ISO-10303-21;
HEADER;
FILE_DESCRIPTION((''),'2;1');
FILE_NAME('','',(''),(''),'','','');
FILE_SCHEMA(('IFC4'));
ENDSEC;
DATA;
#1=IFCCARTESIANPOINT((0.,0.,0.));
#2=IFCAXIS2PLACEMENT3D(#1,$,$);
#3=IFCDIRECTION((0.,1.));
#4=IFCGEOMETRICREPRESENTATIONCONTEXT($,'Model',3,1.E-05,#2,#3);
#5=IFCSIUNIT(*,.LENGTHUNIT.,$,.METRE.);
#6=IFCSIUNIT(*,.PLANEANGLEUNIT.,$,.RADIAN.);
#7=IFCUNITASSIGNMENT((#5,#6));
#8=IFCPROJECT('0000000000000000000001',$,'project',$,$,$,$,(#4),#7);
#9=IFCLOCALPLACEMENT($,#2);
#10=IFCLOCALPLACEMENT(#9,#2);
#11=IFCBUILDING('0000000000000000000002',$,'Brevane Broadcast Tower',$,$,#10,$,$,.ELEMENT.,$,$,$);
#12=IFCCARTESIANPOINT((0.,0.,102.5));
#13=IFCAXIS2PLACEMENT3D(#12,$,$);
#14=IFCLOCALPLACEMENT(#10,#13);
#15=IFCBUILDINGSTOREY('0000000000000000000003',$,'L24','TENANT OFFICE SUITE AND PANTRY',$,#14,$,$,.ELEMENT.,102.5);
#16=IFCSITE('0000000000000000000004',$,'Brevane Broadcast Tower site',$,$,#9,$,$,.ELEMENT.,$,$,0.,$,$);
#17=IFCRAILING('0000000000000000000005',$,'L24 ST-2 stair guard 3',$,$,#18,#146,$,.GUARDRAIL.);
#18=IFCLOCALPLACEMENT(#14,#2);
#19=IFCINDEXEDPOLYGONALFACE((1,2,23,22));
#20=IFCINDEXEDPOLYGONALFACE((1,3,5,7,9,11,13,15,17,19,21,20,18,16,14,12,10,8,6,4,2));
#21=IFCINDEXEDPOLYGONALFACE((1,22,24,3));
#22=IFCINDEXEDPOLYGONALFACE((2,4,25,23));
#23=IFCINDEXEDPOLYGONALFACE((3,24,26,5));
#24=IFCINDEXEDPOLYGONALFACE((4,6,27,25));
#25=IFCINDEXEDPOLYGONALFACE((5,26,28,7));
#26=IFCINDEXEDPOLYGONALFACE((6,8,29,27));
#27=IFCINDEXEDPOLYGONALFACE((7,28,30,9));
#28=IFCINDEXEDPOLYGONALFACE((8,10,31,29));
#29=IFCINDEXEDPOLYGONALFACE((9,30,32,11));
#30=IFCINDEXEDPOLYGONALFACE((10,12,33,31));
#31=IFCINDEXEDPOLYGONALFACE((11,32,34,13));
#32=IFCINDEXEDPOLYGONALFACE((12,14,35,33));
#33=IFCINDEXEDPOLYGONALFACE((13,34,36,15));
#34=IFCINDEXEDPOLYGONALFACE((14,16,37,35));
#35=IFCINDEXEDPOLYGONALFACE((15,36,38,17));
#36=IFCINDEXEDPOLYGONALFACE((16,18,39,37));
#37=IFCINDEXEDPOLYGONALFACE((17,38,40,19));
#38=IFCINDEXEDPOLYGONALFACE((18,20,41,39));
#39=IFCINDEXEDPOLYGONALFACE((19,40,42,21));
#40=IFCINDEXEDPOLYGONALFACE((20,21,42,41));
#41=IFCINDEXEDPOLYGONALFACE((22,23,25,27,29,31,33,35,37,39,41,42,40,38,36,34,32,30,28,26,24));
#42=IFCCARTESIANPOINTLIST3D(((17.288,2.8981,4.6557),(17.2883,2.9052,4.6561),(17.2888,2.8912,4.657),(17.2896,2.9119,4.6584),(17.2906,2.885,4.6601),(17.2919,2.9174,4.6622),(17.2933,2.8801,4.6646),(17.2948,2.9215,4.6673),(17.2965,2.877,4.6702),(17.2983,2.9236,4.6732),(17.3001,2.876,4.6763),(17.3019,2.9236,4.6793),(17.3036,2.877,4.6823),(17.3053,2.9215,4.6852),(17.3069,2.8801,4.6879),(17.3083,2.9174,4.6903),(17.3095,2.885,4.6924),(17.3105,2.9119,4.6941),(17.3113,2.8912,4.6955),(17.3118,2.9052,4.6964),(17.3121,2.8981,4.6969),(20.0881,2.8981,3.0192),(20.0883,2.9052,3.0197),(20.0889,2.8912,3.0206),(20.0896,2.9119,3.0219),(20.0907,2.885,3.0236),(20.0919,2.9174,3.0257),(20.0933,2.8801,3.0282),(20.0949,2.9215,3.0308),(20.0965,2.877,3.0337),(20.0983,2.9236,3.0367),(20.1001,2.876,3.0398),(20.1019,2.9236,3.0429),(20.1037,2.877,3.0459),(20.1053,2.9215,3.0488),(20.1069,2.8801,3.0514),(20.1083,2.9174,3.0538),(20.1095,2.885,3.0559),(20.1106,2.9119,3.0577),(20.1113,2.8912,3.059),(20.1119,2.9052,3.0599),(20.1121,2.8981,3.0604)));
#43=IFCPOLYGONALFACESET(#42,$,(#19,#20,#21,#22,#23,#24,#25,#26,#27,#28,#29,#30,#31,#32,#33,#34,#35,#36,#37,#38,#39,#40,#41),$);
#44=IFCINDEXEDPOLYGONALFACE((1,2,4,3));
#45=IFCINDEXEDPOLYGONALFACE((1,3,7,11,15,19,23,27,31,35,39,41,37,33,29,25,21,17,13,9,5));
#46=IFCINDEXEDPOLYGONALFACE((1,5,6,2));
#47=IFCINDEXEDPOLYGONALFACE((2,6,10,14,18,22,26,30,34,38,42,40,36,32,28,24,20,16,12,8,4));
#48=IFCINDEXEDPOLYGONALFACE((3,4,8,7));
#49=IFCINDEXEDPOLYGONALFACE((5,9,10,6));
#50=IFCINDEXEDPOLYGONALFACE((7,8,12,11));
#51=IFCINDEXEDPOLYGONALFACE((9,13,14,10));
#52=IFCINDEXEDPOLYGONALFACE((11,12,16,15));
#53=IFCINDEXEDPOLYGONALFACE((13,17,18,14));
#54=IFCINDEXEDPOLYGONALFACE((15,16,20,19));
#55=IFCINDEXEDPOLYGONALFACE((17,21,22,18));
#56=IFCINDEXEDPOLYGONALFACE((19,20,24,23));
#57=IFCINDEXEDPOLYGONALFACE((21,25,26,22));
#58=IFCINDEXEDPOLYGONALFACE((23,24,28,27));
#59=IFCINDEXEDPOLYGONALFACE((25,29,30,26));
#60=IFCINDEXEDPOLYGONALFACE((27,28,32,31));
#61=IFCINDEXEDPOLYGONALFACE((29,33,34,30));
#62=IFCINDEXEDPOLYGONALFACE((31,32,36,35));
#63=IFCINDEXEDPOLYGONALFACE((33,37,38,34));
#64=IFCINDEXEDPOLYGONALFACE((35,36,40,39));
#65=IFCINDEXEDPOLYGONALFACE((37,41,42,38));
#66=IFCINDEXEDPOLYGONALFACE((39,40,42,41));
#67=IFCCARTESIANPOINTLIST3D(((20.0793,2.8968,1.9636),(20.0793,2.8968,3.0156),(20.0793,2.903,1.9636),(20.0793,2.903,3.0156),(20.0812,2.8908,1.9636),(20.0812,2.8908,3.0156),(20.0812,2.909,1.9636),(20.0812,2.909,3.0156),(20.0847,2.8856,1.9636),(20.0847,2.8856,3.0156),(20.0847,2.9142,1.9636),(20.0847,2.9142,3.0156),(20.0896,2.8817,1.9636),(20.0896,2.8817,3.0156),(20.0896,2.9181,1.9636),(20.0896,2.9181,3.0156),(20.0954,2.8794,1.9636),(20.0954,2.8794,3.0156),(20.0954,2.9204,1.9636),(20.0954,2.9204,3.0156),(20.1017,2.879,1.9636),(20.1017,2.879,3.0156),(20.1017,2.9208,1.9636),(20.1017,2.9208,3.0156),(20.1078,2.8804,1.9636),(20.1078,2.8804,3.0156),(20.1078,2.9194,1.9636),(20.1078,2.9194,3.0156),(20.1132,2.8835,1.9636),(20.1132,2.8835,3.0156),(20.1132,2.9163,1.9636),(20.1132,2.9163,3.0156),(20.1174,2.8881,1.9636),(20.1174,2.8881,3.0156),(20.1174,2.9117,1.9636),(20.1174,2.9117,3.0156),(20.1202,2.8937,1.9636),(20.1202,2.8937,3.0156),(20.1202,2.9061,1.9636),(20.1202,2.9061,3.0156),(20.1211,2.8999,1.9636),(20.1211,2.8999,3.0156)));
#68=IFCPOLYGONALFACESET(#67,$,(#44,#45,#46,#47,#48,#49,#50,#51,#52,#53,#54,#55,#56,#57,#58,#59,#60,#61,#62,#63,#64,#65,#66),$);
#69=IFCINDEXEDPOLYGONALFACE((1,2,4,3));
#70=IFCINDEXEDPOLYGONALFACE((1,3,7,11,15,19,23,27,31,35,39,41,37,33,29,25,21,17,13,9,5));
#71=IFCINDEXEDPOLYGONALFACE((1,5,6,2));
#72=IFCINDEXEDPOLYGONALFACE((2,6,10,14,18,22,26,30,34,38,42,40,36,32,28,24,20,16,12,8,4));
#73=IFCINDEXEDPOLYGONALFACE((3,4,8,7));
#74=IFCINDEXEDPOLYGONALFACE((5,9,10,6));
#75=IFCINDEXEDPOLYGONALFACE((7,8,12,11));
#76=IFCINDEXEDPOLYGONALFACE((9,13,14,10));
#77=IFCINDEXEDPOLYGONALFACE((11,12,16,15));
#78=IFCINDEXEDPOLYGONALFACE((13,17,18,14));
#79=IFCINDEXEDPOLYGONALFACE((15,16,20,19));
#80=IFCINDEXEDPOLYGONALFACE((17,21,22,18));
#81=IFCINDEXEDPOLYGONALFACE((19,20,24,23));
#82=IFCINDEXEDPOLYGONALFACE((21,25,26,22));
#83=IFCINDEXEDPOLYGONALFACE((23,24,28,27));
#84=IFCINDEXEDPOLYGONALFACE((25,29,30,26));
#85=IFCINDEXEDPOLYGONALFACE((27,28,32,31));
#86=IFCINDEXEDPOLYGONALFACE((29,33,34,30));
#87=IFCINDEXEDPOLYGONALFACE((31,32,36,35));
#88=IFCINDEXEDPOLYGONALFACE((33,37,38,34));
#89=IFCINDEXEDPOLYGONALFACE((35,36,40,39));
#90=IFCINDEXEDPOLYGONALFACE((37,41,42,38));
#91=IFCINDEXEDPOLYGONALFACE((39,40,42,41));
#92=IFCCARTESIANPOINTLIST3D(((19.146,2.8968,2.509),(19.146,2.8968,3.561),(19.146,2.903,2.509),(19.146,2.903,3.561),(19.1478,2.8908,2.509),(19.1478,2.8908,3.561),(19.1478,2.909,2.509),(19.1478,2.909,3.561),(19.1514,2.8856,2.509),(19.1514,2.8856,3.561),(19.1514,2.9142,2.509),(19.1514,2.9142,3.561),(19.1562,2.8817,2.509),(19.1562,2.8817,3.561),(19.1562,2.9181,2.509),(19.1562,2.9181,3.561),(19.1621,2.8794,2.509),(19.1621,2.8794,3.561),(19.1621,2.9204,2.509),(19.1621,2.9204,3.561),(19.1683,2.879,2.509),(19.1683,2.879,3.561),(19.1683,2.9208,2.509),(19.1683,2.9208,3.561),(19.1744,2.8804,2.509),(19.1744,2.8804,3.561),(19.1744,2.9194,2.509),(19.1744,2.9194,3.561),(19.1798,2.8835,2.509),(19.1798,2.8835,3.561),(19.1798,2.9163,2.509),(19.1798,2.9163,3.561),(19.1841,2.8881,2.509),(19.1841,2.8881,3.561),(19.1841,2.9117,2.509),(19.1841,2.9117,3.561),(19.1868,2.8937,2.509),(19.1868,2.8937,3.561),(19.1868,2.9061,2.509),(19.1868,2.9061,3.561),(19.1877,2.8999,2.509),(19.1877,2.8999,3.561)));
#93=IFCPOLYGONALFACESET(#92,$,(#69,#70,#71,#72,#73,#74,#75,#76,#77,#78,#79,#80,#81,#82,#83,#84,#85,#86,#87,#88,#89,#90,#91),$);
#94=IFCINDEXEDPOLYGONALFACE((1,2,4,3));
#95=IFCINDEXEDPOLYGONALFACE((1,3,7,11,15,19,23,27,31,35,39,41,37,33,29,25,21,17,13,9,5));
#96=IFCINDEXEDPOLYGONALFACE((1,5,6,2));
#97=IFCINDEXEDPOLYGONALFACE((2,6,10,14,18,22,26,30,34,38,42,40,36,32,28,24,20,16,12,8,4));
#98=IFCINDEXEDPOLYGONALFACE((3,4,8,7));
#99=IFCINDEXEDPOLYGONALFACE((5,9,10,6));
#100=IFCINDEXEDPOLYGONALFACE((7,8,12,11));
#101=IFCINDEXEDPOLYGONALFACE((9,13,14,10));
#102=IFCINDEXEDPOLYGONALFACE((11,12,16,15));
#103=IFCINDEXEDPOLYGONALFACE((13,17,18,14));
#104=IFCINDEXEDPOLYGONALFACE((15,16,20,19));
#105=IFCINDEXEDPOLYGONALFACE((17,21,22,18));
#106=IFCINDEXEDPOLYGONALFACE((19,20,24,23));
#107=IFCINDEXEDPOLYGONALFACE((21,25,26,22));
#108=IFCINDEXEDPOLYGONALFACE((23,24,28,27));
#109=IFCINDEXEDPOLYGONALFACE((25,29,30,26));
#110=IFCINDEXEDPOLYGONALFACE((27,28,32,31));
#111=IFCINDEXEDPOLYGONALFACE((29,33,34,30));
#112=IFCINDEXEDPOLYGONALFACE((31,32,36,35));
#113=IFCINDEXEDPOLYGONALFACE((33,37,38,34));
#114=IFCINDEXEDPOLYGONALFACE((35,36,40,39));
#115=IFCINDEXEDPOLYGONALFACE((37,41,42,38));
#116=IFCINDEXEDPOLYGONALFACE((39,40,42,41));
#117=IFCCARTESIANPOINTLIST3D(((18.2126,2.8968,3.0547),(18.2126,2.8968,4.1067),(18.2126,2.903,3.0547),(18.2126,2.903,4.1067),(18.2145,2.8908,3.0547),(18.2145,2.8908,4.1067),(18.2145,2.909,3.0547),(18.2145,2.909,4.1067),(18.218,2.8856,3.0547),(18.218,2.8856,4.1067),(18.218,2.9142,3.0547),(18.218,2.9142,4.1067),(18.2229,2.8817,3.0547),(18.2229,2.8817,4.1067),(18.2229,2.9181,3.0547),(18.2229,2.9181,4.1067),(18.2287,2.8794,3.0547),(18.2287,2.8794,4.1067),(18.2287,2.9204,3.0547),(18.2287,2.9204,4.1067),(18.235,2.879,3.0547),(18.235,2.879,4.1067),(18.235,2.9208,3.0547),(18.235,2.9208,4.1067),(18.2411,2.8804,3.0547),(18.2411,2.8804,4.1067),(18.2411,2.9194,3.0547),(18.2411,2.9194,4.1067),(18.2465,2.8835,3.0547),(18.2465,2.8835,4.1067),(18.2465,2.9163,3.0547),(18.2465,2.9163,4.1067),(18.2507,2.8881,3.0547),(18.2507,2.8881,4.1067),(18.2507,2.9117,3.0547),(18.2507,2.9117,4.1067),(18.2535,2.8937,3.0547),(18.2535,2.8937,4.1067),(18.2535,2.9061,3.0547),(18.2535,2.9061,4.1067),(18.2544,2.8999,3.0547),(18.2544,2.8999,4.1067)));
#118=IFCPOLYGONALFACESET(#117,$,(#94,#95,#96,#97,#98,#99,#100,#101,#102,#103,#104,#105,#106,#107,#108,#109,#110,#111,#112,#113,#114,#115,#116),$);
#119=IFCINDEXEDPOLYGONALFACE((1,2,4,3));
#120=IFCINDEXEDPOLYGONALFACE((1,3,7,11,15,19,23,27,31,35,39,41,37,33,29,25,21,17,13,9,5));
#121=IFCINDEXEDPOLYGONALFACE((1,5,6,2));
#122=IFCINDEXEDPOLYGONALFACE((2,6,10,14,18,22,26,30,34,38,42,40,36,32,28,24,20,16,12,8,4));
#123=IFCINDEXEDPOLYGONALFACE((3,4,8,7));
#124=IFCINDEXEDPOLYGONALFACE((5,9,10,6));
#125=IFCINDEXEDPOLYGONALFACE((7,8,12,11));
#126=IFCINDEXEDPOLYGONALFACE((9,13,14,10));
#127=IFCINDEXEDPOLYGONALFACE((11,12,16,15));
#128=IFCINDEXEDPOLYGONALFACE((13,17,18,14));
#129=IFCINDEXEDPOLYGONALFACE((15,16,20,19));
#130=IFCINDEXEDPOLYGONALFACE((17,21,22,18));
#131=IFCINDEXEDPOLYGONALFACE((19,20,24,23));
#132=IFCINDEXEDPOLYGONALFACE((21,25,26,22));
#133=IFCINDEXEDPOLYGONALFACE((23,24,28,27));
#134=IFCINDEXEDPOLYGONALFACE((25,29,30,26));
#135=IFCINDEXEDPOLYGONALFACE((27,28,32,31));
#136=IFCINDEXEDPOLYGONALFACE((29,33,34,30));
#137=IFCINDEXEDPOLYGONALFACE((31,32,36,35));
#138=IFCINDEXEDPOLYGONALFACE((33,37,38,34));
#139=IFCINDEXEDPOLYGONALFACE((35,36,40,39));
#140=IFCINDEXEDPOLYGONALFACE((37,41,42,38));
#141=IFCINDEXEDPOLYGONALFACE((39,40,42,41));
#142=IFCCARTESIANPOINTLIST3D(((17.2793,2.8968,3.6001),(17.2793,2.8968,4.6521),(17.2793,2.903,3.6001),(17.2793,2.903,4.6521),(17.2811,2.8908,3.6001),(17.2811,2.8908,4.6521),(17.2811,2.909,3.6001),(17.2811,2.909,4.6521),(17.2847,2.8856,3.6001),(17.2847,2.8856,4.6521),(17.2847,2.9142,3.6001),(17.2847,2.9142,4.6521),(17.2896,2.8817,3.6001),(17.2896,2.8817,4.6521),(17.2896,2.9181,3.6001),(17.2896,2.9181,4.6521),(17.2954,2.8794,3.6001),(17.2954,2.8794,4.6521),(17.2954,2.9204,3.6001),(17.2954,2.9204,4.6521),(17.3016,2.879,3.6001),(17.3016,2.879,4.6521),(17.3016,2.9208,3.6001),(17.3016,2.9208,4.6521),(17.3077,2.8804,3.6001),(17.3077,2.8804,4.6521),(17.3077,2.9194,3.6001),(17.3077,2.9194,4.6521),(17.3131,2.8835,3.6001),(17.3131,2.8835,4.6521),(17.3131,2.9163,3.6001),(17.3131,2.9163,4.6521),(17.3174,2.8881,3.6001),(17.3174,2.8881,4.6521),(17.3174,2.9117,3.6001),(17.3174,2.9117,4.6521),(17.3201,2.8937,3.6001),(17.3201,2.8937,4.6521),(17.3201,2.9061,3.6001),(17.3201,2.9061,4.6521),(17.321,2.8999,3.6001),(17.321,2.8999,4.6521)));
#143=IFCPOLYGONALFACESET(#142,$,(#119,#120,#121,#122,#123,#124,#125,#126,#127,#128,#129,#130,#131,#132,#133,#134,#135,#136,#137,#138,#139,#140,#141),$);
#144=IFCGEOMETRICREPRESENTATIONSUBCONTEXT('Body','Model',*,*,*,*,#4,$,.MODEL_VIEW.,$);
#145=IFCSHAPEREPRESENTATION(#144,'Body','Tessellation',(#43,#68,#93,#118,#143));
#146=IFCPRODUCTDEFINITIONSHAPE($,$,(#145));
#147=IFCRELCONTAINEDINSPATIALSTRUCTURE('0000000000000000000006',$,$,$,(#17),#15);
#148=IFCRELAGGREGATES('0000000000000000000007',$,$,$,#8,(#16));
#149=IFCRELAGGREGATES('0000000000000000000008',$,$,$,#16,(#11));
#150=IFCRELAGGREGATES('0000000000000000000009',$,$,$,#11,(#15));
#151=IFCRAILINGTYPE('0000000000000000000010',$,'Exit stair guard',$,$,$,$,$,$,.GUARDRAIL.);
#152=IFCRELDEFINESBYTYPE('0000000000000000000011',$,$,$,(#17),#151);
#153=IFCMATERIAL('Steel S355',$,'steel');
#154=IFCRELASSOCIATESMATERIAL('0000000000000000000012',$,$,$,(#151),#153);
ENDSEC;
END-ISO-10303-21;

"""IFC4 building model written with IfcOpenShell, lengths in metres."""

from ifc_helpers import new_model, si_unit, direction, frame, origin, origin_2d, place, context, subcontext, project, spatial, circle, extrude, material, type_object, element, save


model = new_model("IFC4")

# Units and contexts
model_context = context("Model", 3, precision=1e-05, world=origin(), true_north=direction((0.0, 1.0)))
body_context = subcontext(model_context, "Body", "Model", "MODEL_VIEW")
ifc_project = project(units=[si_unit("LENGTHUNIT", "METRE"), si_unit("PLANEANGLEUNIT", "RADIAN")], contexts=[model_context])

# Site, building, storey
site_placement = place(None, origin())
site = spatial("IfcSite", under=ifc_project, at=site_placement, Name="Brevane Broadcast Tower site", CompositionType="ELEMENT", RefElevation=0.0)
building_placement = place(site_placement, origin())
building = spatial("IfcBuilding", under=site, at=building_placement, Name="Brevane Broadcast Tower", CompositionType="ELEMENT")
storey_placement = place(building_placement, frame((0.0, 0.0, 102.5)))
storey = spatial("IfcBuildingStorey", under=building, at=storey_placement, Name="L24", Description="TENANT OFFICE SUITE AND PANTRY", CompositionType="ELEMENT", Elevation=102.5)

# Railing
ifc_material_1 = material(Name="Steel S355", Category="steel")
railing_type_1 = type_object("IfcRailingType", Name="Exit stair guard", PredefinedType="GUARDRAIL", material=ifc_material_1)
railing_1_placement = place(storey_placement, frame((20.1001, 2.8999, 1.9636)))
element("IfcRailing", 1, at=railing_1_placement, inside=storey, type_object=railing_type_1, Name="L24 ST-2 stair guard 3", PredefinedType="GUARDRAIL", context=body_context, shape_type="SweptSolid", body=[
    extrude(circle(Radius=0.0239, at=origin_2d()), frame((0.0, 0.0, 1.0762), z_axis=(-0.863361, 0.0, 0.504587), x_axis=(0.0, -1.0, 0.0)), (0.0, 0.0, 1.0), 3.2432),
    extrude(circle(Radius=0.021, at=origin_2d()), origin(), (0.0, 0.0, 1.0), 1.052),
    extrude(circle(Radius=0.021, at=origin_2d()), frame((-0.9333, 0.0, 0.5454)), (0.0, 0.0, 1.0), 1.052),
    extrude(circle(Radius=0.021, at=origin_2d()), frame((-1.8667, 0.0, 1.0911)), (0.0, 0.0, 1.0), 1.052),
    extrude(circle(Radius=0.021, at=origin_2d()), frame((-2.8, 0.0, 1.6365)), (0.0, 0.0, 1.0), 1.052),
])

save(model, "model.ifc")
